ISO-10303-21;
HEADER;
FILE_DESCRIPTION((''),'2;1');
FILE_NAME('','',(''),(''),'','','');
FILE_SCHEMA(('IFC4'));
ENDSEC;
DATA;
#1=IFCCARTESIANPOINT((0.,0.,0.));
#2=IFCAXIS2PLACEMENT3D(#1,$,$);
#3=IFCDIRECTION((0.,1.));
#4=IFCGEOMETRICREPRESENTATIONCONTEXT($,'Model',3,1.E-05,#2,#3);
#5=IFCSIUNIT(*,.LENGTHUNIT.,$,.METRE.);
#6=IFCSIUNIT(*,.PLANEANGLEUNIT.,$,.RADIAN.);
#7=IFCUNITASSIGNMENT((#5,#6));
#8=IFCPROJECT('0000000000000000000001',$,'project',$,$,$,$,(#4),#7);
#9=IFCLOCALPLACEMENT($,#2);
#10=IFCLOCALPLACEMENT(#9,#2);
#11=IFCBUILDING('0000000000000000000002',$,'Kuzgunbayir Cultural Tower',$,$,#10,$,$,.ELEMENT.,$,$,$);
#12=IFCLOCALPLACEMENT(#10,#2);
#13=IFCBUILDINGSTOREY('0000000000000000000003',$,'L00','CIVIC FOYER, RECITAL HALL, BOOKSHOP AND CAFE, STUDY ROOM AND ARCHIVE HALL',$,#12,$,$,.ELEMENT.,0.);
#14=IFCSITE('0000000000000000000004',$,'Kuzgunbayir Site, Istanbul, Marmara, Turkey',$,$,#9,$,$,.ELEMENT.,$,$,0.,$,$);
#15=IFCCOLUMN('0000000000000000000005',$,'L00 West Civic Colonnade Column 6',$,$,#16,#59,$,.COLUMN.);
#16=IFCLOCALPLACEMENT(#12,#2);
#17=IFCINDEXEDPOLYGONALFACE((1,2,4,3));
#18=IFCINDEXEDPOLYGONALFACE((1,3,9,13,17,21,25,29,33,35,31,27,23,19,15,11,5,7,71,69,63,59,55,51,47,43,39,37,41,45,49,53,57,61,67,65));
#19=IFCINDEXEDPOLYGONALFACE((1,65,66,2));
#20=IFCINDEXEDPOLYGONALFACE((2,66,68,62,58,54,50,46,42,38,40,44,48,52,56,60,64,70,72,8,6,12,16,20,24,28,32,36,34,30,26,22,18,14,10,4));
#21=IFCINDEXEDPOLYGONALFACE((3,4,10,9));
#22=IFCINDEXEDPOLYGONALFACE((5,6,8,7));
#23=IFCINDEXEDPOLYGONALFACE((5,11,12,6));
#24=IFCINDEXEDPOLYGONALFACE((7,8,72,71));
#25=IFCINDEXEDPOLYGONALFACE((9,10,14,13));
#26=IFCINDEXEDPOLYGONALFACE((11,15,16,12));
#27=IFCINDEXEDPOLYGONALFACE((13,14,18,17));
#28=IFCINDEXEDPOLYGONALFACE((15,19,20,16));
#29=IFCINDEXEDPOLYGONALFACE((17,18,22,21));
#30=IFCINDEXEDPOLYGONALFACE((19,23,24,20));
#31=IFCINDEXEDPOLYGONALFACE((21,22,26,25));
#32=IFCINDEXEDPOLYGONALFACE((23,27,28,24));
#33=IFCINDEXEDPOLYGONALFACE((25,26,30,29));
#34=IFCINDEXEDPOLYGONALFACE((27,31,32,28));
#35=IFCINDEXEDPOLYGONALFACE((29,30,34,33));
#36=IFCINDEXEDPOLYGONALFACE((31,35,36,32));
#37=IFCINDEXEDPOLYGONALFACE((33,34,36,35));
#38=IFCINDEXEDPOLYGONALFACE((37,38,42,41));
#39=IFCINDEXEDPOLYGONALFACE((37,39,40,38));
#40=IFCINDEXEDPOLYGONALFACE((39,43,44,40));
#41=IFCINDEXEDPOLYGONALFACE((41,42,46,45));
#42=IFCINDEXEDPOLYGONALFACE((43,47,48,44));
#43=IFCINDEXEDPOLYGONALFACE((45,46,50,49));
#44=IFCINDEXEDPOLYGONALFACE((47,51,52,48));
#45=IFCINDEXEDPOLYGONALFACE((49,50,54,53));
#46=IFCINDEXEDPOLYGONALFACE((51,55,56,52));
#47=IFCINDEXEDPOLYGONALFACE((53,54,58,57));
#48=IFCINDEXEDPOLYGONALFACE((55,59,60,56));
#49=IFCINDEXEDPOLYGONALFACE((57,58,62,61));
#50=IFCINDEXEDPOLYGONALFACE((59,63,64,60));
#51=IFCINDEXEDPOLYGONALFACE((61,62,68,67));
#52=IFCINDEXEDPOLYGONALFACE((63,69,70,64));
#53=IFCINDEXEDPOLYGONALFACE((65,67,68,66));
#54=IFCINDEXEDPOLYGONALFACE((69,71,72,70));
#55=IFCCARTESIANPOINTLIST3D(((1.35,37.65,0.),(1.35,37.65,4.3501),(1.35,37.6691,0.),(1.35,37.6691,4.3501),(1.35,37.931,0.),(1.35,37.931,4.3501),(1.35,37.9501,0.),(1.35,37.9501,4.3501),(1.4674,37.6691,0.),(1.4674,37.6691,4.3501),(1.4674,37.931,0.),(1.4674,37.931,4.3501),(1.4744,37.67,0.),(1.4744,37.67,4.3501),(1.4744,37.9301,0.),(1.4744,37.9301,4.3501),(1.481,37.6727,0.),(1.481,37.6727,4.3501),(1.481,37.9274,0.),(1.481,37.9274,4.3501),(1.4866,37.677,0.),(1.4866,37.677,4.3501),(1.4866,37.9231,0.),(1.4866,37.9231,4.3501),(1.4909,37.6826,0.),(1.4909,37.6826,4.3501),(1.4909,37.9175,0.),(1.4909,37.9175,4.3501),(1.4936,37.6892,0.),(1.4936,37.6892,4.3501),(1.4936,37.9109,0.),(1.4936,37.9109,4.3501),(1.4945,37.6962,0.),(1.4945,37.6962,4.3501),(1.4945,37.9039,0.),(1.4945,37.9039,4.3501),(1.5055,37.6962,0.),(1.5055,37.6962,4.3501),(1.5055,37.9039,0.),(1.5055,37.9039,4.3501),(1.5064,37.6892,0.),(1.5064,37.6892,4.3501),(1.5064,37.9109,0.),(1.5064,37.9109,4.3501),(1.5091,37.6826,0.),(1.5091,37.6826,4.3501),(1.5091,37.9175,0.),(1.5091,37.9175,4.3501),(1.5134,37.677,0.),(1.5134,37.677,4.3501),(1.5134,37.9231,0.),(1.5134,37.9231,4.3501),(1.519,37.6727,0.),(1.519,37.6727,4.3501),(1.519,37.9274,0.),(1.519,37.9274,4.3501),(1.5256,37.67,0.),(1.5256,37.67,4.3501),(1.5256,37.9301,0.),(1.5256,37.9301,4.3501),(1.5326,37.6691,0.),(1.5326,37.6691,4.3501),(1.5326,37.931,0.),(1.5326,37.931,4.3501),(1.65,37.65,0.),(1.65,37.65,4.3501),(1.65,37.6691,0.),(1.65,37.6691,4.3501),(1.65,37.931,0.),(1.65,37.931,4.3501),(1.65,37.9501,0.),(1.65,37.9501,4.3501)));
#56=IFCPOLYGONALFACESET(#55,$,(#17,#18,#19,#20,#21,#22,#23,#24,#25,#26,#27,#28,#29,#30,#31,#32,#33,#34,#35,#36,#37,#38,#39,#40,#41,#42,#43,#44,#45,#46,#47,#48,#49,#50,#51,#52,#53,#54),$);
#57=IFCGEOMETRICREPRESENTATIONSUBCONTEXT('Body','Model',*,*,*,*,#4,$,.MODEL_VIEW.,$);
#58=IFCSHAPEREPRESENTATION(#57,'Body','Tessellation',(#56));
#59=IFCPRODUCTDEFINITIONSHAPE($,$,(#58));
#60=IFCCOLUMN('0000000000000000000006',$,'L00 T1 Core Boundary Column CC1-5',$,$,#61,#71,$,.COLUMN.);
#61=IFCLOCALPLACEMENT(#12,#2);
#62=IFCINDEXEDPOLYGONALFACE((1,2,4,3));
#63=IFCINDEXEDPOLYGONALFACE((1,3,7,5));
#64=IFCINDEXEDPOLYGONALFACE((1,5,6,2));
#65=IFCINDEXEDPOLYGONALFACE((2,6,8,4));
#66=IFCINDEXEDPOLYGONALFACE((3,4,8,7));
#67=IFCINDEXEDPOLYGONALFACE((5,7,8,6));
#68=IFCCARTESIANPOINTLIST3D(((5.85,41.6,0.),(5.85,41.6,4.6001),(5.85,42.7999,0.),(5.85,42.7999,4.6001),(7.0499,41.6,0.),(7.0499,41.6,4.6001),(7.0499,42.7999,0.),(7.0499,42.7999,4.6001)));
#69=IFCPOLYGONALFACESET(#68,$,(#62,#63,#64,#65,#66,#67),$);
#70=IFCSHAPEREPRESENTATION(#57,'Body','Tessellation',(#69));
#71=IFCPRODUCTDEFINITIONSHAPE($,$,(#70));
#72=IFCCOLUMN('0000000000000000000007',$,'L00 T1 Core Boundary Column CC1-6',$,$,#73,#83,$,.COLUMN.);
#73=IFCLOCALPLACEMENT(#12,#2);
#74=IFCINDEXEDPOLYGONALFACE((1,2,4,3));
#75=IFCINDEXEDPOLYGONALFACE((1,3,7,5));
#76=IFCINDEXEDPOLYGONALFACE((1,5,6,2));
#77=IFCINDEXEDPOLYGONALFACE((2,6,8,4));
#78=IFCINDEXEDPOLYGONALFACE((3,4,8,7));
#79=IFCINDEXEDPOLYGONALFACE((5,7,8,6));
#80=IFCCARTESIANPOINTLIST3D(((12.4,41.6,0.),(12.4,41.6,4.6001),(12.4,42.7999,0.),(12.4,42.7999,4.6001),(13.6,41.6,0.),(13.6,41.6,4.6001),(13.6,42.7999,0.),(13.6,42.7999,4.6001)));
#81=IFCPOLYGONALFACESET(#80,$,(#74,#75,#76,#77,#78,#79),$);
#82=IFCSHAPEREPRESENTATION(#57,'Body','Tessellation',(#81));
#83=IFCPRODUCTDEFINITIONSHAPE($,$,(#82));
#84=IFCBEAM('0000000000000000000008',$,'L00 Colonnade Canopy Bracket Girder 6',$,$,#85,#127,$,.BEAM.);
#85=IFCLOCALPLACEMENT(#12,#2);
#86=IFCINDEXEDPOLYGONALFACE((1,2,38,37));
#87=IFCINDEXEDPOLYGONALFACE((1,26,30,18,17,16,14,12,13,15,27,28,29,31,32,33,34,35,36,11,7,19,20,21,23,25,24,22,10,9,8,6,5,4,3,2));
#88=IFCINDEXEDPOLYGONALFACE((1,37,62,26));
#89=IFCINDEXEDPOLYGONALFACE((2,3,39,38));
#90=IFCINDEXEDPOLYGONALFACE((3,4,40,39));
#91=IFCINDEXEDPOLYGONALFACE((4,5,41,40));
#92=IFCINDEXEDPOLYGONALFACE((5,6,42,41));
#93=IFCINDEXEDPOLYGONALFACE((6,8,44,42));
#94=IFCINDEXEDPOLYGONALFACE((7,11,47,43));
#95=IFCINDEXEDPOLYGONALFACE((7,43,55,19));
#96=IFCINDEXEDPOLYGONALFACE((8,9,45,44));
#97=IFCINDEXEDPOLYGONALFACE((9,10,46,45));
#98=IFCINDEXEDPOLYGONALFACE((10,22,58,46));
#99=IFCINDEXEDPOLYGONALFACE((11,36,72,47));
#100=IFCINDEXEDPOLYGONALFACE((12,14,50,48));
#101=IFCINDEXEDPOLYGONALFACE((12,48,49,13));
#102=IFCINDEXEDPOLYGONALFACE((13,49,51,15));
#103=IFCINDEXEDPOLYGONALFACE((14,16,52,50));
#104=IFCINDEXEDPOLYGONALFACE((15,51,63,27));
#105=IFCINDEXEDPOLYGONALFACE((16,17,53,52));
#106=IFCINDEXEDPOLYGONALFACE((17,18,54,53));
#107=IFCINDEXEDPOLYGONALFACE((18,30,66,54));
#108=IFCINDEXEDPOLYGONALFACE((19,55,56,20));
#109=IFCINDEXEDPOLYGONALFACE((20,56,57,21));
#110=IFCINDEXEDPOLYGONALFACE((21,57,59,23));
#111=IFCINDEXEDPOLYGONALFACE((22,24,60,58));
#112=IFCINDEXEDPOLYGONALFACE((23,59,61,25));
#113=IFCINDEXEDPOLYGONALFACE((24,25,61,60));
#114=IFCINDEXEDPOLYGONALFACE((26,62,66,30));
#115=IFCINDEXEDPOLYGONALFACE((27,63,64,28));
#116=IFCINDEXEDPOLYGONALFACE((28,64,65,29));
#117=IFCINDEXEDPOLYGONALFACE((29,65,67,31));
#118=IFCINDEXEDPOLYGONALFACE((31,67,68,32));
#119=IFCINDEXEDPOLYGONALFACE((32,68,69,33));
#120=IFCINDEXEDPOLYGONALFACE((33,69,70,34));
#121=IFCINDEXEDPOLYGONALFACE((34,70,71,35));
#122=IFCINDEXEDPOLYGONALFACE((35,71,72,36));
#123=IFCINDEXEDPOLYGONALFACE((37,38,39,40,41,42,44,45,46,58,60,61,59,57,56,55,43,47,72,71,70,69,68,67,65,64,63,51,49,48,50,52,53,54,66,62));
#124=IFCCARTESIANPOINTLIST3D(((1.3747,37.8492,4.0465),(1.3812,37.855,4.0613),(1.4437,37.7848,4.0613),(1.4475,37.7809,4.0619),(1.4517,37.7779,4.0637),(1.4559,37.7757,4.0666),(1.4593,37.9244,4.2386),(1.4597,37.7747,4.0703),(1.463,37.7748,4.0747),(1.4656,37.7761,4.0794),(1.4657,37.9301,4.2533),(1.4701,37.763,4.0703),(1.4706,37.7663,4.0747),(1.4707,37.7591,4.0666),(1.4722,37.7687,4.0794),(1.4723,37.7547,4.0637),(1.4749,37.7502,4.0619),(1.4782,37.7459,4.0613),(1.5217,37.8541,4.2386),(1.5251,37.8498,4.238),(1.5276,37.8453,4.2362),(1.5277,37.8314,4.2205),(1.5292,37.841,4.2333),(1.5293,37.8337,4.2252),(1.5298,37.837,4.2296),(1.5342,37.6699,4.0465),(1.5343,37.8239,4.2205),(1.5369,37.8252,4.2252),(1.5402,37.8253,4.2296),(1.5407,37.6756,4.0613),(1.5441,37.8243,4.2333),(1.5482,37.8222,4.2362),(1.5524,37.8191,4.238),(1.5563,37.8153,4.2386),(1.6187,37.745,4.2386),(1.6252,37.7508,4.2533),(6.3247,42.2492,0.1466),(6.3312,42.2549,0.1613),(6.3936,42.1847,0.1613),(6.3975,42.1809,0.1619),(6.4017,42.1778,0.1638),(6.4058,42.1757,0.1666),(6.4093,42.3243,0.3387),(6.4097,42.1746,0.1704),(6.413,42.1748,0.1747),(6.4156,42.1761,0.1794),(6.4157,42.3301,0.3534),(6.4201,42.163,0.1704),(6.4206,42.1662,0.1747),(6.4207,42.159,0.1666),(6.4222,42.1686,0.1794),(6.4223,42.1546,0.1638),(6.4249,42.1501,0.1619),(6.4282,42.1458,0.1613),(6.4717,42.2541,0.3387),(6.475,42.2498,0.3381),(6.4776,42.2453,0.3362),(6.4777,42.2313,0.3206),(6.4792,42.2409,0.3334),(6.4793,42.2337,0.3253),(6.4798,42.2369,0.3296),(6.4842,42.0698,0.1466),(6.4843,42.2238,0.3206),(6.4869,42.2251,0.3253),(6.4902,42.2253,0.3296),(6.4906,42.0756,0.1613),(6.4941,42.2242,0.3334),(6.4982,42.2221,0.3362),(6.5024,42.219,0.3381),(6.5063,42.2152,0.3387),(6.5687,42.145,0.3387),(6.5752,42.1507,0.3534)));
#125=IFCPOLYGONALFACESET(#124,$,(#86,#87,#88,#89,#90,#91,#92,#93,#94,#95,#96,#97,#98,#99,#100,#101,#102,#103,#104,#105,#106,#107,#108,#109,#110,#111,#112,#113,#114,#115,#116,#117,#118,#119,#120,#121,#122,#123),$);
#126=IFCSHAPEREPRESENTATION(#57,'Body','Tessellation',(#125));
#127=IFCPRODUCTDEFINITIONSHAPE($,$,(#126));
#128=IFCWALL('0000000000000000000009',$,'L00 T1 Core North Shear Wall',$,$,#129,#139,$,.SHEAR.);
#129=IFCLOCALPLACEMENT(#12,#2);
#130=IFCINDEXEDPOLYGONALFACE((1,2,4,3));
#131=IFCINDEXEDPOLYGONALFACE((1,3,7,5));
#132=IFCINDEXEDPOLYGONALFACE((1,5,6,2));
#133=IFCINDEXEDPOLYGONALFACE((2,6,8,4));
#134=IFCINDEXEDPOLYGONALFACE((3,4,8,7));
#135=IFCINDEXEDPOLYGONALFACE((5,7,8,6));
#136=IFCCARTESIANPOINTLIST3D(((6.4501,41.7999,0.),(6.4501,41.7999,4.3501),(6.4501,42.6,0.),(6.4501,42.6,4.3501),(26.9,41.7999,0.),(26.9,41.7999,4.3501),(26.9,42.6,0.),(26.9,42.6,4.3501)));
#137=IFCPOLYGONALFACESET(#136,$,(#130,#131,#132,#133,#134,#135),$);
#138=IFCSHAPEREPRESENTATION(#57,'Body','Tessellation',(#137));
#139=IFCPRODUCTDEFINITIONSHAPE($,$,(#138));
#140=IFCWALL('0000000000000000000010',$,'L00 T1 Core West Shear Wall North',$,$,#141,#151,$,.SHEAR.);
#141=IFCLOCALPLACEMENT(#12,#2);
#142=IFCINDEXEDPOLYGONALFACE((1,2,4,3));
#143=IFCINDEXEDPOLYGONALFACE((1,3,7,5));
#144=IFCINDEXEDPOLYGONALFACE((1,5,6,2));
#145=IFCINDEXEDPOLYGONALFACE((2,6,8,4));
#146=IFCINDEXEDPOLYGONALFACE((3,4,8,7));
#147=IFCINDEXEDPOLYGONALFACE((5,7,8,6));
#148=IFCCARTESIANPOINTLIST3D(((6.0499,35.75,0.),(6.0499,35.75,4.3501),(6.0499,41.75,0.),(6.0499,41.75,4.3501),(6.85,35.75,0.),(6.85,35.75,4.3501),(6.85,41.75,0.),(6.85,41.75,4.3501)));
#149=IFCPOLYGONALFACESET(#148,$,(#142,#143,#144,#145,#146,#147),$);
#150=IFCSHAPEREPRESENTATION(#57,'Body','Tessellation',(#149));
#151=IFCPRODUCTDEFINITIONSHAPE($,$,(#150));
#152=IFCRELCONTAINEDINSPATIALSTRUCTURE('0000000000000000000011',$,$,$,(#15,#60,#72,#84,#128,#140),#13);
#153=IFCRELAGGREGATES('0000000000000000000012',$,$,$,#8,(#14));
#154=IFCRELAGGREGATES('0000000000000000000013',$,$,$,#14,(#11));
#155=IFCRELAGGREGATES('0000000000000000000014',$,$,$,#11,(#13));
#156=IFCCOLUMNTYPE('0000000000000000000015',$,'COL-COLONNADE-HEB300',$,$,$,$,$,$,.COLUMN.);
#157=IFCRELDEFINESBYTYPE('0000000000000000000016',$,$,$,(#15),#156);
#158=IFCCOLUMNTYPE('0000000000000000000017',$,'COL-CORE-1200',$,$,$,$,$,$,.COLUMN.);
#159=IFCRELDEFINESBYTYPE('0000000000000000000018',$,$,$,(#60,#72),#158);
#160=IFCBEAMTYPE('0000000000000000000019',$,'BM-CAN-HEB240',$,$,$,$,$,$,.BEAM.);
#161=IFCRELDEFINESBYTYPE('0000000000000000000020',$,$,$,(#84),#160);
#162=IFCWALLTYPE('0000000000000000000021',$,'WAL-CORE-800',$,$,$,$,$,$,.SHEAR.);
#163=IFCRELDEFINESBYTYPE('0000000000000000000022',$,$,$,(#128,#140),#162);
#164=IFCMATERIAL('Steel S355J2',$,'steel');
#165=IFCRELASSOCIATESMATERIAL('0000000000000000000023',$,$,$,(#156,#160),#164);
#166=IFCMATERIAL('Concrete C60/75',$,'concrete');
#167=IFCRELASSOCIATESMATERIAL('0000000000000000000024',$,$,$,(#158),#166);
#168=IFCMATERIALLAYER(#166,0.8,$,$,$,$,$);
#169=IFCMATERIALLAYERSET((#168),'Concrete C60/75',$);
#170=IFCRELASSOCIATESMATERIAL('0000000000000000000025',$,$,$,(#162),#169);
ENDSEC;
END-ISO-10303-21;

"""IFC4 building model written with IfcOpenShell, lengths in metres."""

from ifc_helpers import new_model, si_unit, direction, frame, frame_2d, origin, origin_2d, place, context, subcontext, project, spatial, rectangle, i_section, extrude, material, layer, layer_set, material_profile, profile_set, type_object, element, save


model = new_model("IFC4")

# Units and contexts
model_context = context("Model", 3, precision=1e-05, world=origin(), true_north=direction((0.0, 1.0)))
body_context = subcontext(model_context, "Body", "Model", "MODEL_VIEW")
ifc_project = project(units=[si_unit("LENGTHUNIT", "METRE"), si_unit("PLANEANGLEUNIT", "RADIAN")], contexts=[model_context])

# Site, building, storey
site_placement = place(None, origin())
site = spatial("IfcSite", under=ifc_project, at=site_placement, Name="Kuzgunbayir Site, Istanbul, Marmara, Turkey", CompositionType="ELEMENT", RefElevation=0.0)
building_placement = place(site_placement, origin())
building = spatial("IfcBuilding", under=site, at=building_placement, Name="Kuzgunbayir Cultural Tower", CompositionType="ELEMENT")
storey_placement = place(building_placement, origin())
storey = spatial("IfcBuildingStorey", under=building, at=storey_placement, Name="L00", Description="CIVIC FOYER, RECITAL HALL, BOOKSHOP AND CAFE, STUDY ROOM AND ARCHIVE HALL", CompositionType="ELEMENT", Elevation=0.0)

# Columns
ifc_material_1 = material(Name="Steel S355J2", Category="steel")
ifc_material_profile_1 = material_profile(ifc_material_1, i_section(OverallWidth=0.3, OverallDepth=0.3, WebThickness=0.011, FlangeThickness=0.019, FilletRadius=0.0271, at=origin_2d()), Name="HEB 300")
ifc_profile_set_1 = profile_set([ifc_material_profile_1], Name="Steel S355J2")
column_type_1 = type_object("IfcColumnType", Name="COL-COLONNADE-HEB300", PredefinedType="COLUMN", material=ifc_profile_set_1)
column_placement = place(storey_placement, frame((1.5, 37.8, 0.0), z_axis=(0.0, 0.0, 1.0), x_axis=(1.0, 0.0, 0.0)))
element("IfcColumn", 1, at=column_placement, inside=storey, type_object=column_type_1, Name="L00 West Civic Colonnade Column 6", PredefinedType="COLUMN", context=body_context, shape_type="SweptSolid", body=[
    extrude(i_section(OverallWidth=0.3, OverallDepth=0.3, WebThickness=0.011, FlangeThickness=0.019, FilletRadius=0.0271, at=origin_2d()), origin(), (0.0, 0.0, 1.0), 4.3501),
])
ifc_material_2 = material(Name="Concrete C60/75", Category="concrete")
ifc_material_profile_2 = material_profile(ifc_material_2, rectangle(XDim=1.2, YDim=1.2, at=origin_2d()), Name="RC 1200x1200")
ifc_profile_set_2 = profile_set([ifc_material_profile_2], Name="Concrete C60/75")
column_type_2 = type_object("IfcColumnType", Name="COL-CORE-1200", PredefinedType="COLUMN", material=ifc_profile_set_2)
for number, where, z_axis, x_axis, name in (
    (2, (6.45, 42.2, 0.0), (0.0, 0.0, 1.0), (1.0, 0.0, 0.0), "L00 T1 Core Boundary Column CC1-5"),
    (3, (13.0, 42.2, 0.0), (0.0, 0.0, 1.0), (1.0, 0.0, 0.0), "L00 T1 Core Boundary Column CC1-6"),
):
    element("IfcColumn", number, at=place(storey_placement, frame(where, z_axis=z_axis, x_axis=x_axis)), inside=storey, type_object=column_type_2, Name=name, PredefinedType="COLUMN", context=body_context, shape_type="SweptSolid", body=[
        extrude(rectangle(XDim=1.2, YDim=1.2, at=origin_2d()), origin(), (0.0, 0.0, 1.0), 4.6001),
    ])

# Beam
ifc_material_profile_3 = material_profile(ifc_material_1, i_section(OverallWidth=0.24, OverallDepth=0.24, WebThickness=0.01, FlangeThickness=0.0171, FilletRadius=0.021, at=origin_2d()), Name="HEB 240")
ifc_profile_set_3 = profile_set([ifc_material_profile_3], Name="Steel S355J2")
beam_type = type_object("IfcBeamType", Name="BM-CAN-HEB240", PredefinedType="BEAM", material=ifc_profile_set_3)
beam_placement = place(storey_placement, frame((6.45, 42.2, 0.25), z_axis=(-0.644045, -0.572477, 0.507421), x_axis=(0.664359, -0.747413, 0.0)))
element("IfcBeam", 4, at=beam_placement, inside=storey, type_object=beam_type, Name="L00 Colonnade Canopy Bracket Girder 6", PredefinedType="BEAM", context=body_context, shape_type="SweptSolid", body=[
    extrude(i_section(OverallWidth=0.24, OverallDepth=0.24, WebThickness=0.01, FlangeThickness=0.0171, FilletRadius=0.021, at=origin_2d()), origin(), (0.0, 0.0, 1.0), 7.6858),
])

# Walls
ifc_layer_1 = layer(ifc_material_2, 0.8)
ifc_layer_set_1 = layer_set([ifc_layer_1], Name="Concrete C60/75")
wall_type_1 = type_object("IfcWallType", Name="WAL-CORE-800", PredefinedType="SHEAR", material=ifc_layer_set_1)
wall_1_placement = place(storey_placement, frame((6.45, 42.2, 0.0), z_axis=(0.0, 0.0, 1.0), x_axis=(1.0, 0.0, 0.0)))
element("IfcWall", 5, at=wall_1_placement, inside=storey, type_object=wall_type_1, Name="L00 T1 Core North Shear Wall", PredefinedType="SHEAR", context=body_context, shape_type="SweptSolid", body=[
    extrude(rectangle(XDim=20.45, YDim=0.8, at=frame_2d((10.2251, 0.0))), origin(), (0.0, 0.0, 1.0), 4.3501),
])
wall_2_placement = place(storey_placement, frame((6.45, 35.75, 0.0), z_axis=(0.0, 0.0, 1.0), x_axis=(0.0, 1.0, 0.0)))
element("IfcWall", 6, at=wall_2_placement, inside=storey, type_object=wall_type_1, Name="L00 T1 Core West Shear Wall North", PredefinedType="SHEAR", context=body_context, shape_type="SweptSolid", body=[
    extrude(rectangle(XDim=6.0, YDim=0.8, at=frame_2d((3.0, 0.0))), origin(), (0.0, 0.0, 1.0), 4.3501),
])

save(model, "model.ifc")
